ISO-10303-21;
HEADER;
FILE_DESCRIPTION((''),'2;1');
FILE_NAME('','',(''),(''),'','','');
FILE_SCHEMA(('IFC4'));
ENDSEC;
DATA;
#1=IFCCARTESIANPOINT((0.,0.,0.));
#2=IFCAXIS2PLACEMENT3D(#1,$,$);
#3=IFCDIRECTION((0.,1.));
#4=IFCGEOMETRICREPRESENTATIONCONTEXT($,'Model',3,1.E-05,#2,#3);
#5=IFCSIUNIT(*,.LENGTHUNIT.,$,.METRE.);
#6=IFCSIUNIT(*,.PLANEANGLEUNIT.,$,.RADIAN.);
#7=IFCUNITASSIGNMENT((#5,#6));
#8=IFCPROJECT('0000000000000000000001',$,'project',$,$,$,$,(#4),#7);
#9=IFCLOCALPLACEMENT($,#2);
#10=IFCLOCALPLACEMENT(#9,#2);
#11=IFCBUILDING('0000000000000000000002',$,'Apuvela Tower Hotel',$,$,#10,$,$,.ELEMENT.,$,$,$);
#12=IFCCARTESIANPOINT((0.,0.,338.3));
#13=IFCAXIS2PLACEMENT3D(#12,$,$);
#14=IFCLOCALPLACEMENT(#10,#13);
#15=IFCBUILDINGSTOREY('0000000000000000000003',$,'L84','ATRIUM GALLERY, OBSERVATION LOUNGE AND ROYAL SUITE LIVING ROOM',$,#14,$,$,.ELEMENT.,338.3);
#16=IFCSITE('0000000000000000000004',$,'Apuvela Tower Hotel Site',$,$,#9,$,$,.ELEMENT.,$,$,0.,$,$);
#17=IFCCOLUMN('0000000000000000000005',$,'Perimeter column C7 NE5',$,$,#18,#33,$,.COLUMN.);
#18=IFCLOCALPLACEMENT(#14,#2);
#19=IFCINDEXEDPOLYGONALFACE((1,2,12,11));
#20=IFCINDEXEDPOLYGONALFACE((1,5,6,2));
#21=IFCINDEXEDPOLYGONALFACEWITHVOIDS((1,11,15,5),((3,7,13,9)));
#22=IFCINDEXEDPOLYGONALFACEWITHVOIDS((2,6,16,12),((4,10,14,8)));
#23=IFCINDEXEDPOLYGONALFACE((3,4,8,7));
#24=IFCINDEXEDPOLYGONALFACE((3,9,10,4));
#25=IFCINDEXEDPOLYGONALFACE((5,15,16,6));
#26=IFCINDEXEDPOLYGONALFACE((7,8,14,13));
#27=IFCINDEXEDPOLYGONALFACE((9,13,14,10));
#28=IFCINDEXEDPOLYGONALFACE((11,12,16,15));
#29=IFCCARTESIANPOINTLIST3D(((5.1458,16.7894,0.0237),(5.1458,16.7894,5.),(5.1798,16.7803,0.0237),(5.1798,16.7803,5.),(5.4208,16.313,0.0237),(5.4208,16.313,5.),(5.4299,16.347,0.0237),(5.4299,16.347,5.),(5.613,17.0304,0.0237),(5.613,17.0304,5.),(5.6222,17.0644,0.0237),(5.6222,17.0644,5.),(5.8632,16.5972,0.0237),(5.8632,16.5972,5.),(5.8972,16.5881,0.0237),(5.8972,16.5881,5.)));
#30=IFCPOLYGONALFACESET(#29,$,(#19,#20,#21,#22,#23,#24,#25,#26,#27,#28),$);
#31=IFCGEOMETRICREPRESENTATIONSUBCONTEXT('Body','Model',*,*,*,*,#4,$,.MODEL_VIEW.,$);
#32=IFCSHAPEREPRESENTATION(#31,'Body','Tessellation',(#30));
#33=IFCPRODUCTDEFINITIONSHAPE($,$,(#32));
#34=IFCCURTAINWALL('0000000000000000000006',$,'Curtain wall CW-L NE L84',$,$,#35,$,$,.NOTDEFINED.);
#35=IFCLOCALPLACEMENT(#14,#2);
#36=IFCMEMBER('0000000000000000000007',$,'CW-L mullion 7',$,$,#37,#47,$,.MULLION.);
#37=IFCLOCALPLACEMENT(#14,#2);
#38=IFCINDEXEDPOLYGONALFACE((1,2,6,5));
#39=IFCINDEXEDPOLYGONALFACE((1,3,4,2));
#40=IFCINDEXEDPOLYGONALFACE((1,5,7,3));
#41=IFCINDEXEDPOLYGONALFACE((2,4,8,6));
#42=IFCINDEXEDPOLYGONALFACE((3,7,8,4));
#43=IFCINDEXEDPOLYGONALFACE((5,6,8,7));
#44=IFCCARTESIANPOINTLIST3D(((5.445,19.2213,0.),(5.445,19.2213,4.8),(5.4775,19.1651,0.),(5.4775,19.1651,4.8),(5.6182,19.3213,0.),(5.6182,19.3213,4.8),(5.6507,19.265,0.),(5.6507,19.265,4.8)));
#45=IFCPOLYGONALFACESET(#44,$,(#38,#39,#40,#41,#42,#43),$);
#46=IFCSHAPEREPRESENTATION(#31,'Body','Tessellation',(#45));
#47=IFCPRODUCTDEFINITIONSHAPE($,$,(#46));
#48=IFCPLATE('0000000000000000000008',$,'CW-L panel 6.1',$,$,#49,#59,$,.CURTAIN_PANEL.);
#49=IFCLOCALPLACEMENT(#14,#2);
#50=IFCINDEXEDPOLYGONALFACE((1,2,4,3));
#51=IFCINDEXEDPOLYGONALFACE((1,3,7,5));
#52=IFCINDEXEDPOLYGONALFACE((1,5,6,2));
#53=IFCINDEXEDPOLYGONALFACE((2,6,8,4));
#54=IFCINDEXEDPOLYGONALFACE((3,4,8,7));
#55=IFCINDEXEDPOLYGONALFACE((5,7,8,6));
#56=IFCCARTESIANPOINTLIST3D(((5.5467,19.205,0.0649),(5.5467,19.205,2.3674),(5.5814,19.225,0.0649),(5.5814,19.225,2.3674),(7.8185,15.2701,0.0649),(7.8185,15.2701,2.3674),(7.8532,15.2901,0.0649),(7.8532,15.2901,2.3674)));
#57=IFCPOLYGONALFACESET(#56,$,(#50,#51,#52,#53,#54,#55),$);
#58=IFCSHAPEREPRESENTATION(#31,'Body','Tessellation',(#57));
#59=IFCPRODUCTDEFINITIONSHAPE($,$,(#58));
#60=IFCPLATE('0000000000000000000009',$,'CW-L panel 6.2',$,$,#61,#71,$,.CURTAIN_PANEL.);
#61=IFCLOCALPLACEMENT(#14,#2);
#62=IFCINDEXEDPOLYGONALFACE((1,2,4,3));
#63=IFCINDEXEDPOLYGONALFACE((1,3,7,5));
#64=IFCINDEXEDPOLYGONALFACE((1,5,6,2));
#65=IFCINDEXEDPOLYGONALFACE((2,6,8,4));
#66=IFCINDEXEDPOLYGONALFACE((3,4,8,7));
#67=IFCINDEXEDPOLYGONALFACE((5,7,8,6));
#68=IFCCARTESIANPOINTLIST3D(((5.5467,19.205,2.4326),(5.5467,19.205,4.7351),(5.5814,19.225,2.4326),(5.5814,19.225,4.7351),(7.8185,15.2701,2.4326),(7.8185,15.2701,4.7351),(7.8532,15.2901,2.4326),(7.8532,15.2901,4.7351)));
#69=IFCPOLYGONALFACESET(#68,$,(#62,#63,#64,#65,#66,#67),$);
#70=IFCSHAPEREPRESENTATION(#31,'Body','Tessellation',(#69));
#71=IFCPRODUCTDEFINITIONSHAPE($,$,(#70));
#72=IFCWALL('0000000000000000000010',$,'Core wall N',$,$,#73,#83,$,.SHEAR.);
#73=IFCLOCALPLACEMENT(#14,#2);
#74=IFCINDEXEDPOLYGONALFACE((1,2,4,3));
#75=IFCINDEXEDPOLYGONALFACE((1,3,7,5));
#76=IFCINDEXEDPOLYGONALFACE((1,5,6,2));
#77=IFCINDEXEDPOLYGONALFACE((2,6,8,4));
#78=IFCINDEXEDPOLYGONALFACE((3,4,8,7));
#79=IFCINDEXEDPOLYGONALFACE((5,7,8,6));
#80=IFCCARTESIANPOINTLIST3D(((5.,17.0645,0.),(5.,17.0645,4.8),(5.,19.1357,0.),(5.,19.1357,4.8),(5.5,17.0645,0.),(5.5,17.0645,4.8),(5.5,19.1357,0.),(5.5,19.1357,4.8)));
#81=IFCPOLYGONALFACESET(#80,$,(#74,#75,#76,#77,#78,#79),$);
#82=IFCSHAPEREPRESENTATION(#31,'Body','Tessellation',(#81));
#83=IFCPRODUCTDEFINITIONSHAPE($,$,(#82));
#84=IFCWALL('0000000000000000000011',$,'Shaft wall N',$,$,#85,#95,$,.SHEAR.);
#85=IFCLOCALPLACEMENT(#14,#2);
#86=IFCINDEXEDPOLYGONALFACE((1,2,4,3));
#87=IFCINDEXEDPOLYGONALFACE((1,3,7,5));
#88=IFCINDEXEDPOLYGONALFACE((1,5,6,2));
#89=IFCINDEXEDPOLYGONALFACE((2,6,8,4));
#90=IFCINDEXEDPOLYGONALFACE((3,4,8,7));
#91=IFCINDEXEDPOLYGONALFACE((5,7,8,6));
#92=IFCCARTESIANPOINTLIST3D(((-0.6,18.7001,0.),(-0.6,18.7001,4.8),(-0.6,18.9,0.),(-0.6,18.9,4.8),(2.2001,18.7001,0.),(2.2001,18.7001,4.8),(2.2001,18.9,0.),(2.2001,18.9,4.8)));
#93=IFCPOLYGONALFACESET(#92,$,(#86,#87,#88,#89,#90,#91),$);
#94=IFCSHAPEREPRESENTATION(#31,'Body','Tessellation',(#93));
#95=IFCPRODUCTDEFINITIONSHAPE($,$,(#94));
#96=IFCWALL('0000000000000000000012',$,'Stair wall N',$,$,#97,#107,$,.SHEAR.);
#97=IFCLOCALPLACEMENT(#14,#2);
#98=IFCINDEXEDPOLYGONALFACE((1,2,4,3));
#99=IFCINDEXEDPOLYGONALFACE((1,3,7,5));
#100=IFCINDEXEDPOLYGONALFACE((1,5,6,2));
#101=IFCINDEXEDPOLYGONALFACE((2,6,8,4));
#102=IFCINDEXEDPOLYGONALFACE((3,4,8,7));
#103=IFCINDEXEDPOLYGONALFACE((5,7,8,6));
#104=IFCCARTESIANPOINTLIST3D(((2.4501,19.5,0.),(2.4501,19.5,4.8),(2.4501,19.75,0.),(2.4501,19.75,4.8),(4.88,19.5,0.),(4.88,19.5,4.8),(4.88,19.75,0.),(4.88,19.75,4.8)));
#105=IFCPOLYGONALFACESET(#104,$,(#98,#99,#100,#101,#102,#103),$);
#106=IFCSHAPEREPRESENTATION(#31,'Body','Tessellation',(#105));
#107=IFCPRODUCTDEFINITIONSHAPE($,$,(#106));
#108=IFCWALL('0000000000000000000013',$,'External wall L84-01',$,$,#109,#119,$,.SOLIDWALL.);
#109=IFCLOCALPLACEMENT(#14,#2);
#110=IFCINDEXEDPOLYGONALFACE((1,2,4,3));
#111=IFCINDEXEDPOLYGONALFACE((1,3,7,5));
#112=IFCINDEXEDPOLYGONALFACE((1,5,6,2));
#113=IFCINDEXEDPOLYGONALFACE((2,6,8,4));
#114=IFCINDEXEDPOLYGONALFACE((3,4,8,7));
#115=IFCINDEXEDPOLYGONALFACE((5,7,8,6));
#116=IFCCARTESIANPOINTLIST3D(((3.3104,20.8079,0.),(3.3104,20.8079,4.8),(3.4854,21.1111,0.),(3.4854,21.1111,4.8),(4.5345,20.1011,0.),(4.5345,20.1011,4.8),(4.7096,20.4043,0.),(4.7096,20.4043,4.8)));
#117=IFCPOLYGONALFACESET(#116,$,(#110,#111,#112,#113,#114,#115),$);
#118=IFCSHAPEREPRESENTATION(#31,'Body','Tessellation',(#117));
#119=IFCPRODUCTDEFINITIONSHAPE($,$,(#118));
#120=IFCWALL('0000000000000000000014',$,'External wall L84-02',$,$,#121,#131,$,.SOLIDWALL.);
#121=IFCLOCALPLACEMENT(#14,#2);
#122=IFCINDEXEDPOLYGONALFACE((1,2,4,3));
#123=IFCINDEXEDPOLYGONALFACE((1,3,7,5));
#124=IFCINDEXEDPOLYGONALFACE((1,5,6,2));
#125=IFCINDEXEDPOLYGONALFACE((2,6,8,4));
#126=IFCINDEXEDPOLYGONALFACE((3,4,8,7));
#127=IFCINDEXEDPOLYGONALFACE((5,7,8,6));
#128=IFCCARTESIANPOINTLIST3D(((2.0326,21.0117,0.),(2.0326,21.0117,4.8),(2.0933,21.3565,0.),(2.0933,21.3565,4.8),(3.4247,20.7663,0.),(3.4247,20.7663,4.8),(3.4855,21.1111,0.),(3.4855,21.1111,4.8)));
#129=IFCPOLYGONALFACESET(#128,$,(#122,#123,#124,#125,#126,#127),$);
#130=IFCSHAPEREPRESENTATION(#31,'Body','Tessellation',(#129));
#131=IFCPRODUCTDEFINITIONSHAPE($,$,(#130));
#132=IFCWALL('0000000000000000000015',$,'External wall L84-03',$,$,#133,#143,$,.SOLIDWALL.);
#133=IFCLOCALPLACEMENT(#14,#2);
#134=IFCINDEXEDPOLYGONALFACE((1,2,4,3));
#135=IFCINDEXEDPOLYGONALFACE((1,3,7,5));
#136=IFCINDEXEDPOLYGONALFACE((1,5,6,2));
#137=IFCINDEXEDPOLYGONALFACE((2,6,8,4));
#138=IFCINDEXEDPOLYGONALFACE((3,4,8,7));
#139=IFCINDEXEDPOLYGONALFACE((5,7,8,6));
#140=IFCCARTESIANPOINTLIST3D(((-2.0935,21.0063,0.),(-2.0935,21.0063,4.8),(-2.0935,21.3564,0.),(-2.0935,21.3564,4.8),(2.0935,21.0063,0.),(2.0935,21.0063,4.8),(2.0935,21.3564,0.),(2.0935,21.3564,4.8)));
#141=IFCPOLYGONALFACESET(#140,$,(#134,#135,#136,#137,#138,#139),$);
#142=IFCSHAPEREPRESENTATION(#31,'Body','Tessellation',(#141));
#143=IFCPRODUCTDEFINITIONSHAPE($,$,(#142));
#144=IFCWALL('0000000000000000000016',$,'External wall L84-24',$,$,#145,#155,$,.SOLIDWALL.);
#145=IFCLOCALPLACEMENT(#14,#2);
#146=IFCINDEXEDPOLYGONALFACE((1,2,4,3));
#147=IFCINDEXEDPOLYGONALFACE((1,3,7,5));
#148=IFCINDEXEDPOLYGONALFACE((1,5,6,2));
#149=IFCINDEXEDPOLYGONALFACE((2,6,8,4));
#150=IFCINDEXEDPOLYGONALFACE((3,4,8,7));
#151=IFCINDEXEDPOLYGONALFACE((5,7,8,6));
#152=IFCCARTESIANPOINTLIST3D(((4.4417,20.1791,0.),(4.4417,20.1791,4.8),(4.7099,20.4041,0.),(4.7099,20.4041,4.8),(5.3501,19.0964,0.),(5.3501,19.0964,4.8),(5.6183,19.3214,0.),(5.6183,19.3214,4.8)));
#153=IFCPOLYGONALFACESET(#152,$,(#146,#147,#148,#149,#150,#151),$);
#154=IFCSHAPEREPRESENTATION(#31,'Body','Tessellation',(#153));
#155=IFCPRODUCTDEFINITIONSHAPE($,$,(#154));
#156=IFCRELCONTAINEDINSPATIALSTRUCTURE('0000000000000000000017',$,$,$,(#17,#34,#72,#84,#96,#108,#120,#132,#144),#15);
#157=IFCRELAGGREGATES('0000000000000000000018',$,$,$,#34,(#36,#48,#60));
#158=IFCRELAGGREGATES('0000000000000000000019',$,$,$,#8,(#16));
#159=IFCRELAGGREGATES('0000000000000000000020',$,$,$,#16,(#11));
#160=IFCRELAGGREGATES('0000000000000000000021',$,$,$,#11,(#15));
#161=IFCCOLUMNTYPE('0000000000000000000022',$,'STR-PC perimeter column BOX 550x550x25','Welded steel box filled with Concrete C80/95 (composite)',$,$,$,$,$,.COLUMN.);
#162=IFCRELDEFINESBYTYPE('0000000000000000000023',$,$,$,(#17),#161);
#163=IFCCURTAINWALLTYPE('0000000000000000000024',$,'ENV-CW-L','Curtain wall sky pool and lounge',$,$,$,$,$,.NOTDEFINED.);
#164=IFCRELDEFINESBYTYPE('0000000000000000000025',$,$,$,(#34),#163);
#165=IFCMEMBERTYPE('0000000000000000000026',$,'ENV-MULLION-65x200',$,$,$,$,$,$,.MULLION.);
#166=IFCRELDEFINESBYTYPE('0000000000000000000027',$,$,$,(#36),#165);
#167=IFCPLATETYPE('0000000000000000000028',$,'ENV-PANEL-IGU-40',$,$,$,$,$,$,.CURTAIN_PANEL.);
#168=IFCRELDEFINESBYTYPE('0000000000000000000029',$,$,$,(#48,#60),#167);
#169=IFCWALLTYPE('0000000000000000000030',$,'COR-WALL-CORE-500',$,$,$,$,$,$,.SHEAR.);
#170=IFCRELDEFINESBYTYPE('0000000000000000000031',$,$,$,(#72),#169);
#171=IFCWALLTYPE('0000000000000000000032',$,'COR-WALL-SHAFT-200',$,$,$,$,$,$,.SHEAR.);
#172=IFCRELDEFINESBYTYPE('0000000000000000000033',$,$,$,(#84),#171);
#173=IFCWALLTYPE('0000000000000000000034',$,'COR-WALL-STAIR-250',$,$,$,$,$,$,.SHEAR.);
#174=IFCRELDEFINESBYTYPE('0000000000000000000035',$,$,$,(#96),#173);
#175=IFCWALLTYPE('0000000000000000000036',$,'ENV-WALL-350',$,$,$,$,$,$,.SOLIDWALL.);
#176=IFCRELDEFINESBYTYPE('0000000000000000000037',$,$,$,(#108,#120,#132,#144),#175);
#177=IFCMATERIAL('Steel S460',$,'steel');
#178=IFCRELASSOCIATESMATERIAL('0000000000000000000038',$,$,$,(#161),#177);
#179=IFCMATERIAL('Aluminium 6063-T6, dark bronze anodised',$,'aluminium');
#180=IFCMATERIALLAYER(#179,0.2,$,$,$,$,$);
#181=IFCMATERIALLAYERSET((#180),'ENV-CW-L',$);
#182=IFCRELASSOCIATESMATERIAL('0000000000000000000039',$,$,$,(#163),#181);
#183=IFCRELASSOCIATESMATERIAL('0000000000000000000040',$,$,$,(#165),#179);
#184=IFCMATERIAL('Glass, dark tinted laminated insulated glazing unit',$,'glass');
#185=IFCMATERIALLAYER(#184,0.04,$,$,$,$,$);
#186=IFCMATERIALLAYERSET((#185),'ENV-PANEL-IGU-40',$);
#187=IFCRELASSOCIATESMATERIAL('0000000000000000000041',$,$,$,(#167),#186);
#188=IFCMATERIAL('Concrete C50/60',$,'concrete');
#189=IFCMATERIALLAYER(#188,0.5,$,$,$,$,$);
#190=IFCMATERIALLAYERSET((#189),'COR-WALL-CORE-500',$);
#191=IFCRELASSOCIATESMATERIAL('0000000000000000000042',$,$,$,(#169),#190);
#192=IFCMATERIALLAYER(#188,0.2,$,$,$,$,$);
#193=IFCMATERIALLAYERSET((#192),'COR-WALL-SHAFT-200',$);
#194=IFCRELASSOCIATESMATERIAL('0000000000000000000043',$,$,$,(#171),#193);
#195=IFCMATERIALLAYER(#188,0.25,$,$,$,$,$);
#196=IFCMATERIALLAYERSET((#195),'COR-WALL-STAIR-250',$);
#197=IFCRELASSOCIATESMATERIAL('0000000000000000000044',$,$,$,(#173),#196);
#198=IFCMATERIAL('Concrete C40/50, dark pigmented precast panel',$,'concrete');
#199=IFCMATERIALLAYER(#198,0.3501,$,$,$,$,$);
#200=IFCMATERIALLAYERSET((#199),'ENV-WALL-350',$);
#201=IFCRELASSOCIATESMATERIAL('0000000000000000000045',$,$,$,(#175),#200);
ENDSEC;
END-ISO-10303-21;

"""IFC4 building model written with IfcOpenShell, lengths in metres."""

from ifc_helpers import new_model, si_unit, direction, frame, frame_2d, origin, origin_2d, place, context, subcontext, project, spatial, rectangle, hollow_rectangle, extrude, boolean, halfspace, material, layer, layer_set, material_profile, profile_set, type_object, element, aggregate, save


model = new_model("IFC4")

# Units and contexts
model_context = context("Model", 3, precision=1e-05, world=origin(), true_north=direction((0.0, 1.0)))
body_context = subcontext(model_context, "Body", "Model", "MODEL_VIEW")
ifc_project = project(units=[si_unit("LENGTHUNIT", "METRE"), si_unit("PLANEANGLEUNIT", "RADIAN")], contexts=[model_context])

# Site, building, storey
site_placement = place(None, origin())
site = spatial("IfcSite", under=ifc_project, at=site_placement, Name="Apuvela Tower Hotel Site", CompositionType="ELEMENT", RefElevation=0.0)
building_placement = place(site_placement, origin())
building = spatial("IfcBuilding", under=site, at=building_placement, Name="Apuvela Tower Hotel", CompositionType="ELEMENT")
storey_placement = place(building_placement, frame((0.0, 0.0, 338.3)))
storey = spatial("IfcBuildingStorey", under=building, at=storey_placement, Name="L84", Description="ATRIUM GALLERY, OBSERVATION LOUNGE AND ROYAL SUITE LIVING ROOM", CompositionType="ELEMENT", Elevation=338.3)

# Column
ifc_material_1 = material(Name="Steel S460", Category="steel")
ifc_material_profile_1 = material_profile(ifc_material_1, hollow_rectangle(XDim=0.55, YDim=0.55, WallThickness=0.0249, at=origin_2d()), Name="BOX 550x550x25")
ifc_material_2 = material(Name="Concrete C80/95", Category="concrete")
ifc_material_profile_2 = material_profile(ifc_material_2, rectangle(XDim=0.5, YDim=0.5, at=origin_2d()), Name="Concrete C80/95 infill")
ifc_profile_set_1 = profile_set([ifc_material_profile_1, ifc_material_profile_2], Name="Steel S460")
column_type = type_object("IfcColumnType", Name="STR-PC perimeter column BOX 550x550x25", Description="Welded steel box filled with Concrete C80/95 (composite)", PredefinedType="COLUMN", material=ifc_profile_set_1)
column_placement = place(storey_placement, frame((5.5215, 16.6887, 0.0), z_axis=(0.0, 0.0, 1.0), x_axis=(-0.5, 0.866025, 0.0)))
element("IfcColumn", 1, at=column_placement, inside=storey, type_object=column_type, Name="Perimeter column C7 NE5", PredefinedType="COLUMN", context=body_context, shape_type="SweptSolid", body=[
    boolean("DIFFERENCE", extrude(hollow_rectangle(XDim=0.55, YDim=0.55, WallThickness=0.0249, at=origin_2d()), origin(), (0.0, 0.0, 1.0), 5.0), halfspace(frame((0.0, 0.0, 0.0237), z_axis=(0.0, 0.0, 1.0), x_axis=(1.0, 0.0, 0.0)), True)),
])

# Curtain wall, member, plates
ifc_material_3 = material(Name="Aluminium 6063-T6, dark bronze anodised", Category="aluminium")
ifc_layer_1 = layer(ifc_material_3, 0.2)
ifc_layer_set_1 = layer_set([ifc_layer_1], Name="ENV-CW-L")
curtain_wall_type = type_object("IfcCurtainWallType", Name="ENV-CW-L", Description="Curtain wall sky pool and lounge", PredefinedType="NOTDEFINED", material=ifc_layer_set_1)
curtain_wall_placement = place(storey_placement, origin())
curtain_wall = element("IfcCurtainWall", 2, at=curtain_wall_placement, inside=storey, type_object=curtain_wall_type, Name="Curtain wall CW-L NE L84", PredefinedType="NOTDEFINED")
ifc_material_profile_3 = material_profile(ifc_material_3, rectangle(XDim=0.2, YDim=0.0649, at=origin_2d()), Name="AL 65x200")
ifc_profile_set_2 = profile_set([ifc_material_profile_3], Name="Aluminium 6063-T6, dark bronze anodised")
member_type = type_object("IfcMemberType", Name="ENV-MULLION-65x200", PredefinedType="MULLION", material=ifc_profile_set_2)
member_placement = place(storey_placement, frame((5.5479, 19.2432, 0.0), z_axis=(0.0, 0.0, 1.0), x_axis=(-0.866026, -0.499999, 0.0)))
member = element("IfcMember", 3, at=member_placement, type_object=member_type, Name="CW-L mullion 7", PredefinedType="MULLION", context=body_context, shape_type="SweptSolid", body=[
    extrude(rectangle(XDim=0.2, YDim=0.0649, at=origin_2d()), origin(), (0.0, 0.0, 1.0), 4.8),
])
ifc_material_4 = material(Name="Glass, dark tinted laminated insulated glazing unit", Category="glass")
ifc_layer_2 = layer(ifc_material_4, 0.04)
ifc_layer_set_2 = layer_set([ifc_layer_2], Name="ENV-PANEL-IGU-40")
plate_type = type_object("IfcPlateType", Name="ENV-PANEL-IGU-40", PredefinedType="CURTAIN_PANEL", material=ifc_layer_set_2)
plate_1_placement = place(storey_placement, frame((6.7, 17.2476, 0.0649), z_axis=(0.0, 0.0, 1.0), x_axis=(-0.499999, 0.866026, 0.0)))
plate_1 = element("IfcPlate", 4, at=plate_1_placement, type_object=plate_type, Name="CW-L panel 6.1", PredefinedType="CURTAIN_PANEL", context=body_context, shape_type="SweptSolid", body=[
    extrude(rectangle(XDim=4.5437, YDim=0.04, at=origin_2d()), origin(), (0.0, 0.0, 1.0), 2.3025),
])
plate_2_placement = place(storey_placement, frame((6.7, 17.2476, 2.4326), z_axis=(0.0, 0.0, 1.0), x_axis=(-0.499999, 0.866026, 0.0)))
plate_2 = element("IfcPlate", 5, at=plate_2_placement, type_object=plate_type, Name="CW-L panel 6.2", PredefinedType="CURTAIN_PANEL", context=body_context, shape_type="SweptSolid", body=[
    extrude(rectangle(XDim=4.5437, YDim=0.04, at=origin_2d()), origin(), (0.0, 0.0, 1.0), 2.3025),
])
aggregate(curtain_wall, [member, plate_1, plate_2])

# Walls
ifc_material_5 = material(Name="Concrete C50/60", Category="concrete")
ifc_layer_3 = layer(ifc_material_5, 0.5)
ifc_layer_set_3 = layer_set([ifc_layer_3], Name="COR-WALL-CORE-500")
wall_type_1 = type_object("IfcWallType", Name="COR-WALL-CORE-500", PredefinedType="SHEAR", material=ifc_layer_set_3)
wall_1_placement = place(storey_placement, frame((5.25, 17.0645, 0.0), z_axis=(0.0, 0.0, 1.0), x_axis=(0.0, 1.0, 0.0)))
element("IfcWall", 6, at=wall_1_placement, inside=storey, type_object=wall_type_1, Name="Core wall N", PredefinedType="SHEAR", context=body_context, shape_type="SweptSolid", body=[
    extrude(rectangle(XDim=2.0713, YDim=0.5, at=frame_2d((1.0356, 0.0))), origin(), (0.0, 0.0, 1.0), 4.8),
])
ifc_layer_4 = layer(ifc_material_5, 0.2)
ifc_layer_set_4 = layer_set([ifc_layer_4], Name="COR-WALL-SHAFT-200")
wall_type_2 = type_object("IfcWallType", Name="COR-WALL-SHAFT-200", PredefinedType="SHEAR", material=ifc_layer_set_4)
wall_2_placement = place(storey_placement, frame((2.2, 18.8, 0.0), z_axis=(0.0, 0.0, 1.0), x_axis=(-1.0, 0.0, 0.0)))
element("IfcWall", 7, at=wall_2_placement, inside=storey, type_object=wall_type_2, Name="Shaft wall N", PredefinedType="SHEAR", context=body_context, shape_type="SweptSolid", body=[
    extrude(rectangle(XDim=2.8, YDim=0.2, at=frame_2d((1.3999, 0.0))), origin(), (0.0, 0.0, 1.0), 4.8),
])
ifc_layer_5 = layer(ifc_material_5, 0.25)
ifc_layer_set_5 = layer_set([ifc_layer_5], Name="COR-WALL-STAIR-250")
wall_type_3 = type_object("IfcWallType", Name="COR-WALL-STAIR-250", PredefinedType="SHEAR", material=ifc_layer_set_5)
wall_3_placement = place(storey_placement, frame((4.8799, 19.625, 0.0), z_axis=(0.0, 0.0, 1.0), x_axis=(-1.0, 0.0, 0.0)))
element("IfcWall", 8, at=wall_3_placement, inside=storey, type_object=wall_type_3, Name="Stair wall N", PredefinedType="SHEAR", context=body_context, shape_type="SweptSolid", body=[
    extrude(rectangle(XDim=2.4299, YDim=0.25, at=frame_2d((1.2148, 0.0))), origin(), (0.0, 0.0, 1.0), 4.8),
])
ifc_material_6 = material(Name="Concrete C40/50, dark pigmented precast panel", Category="concrete")
ifc_layer_6 = layer(ifc_material_6, 0.3501)
ifc_layer_set_6 = layer_set([ifc_layer_6], Name="ENV-WALL-350")
wall_type_4 = type_object("IfcWallType", Name="ENV-WALL-350", PredefinedType="SOLIDWALL", material=ifc_layer_set_6)
for number, where, z_axis, x_axis, name in (
    (9, (4.6221, 20.2527, 0.0), (0.0, 0.0, 1.0), (-0.866013, 0.500021, 0.0), "External wall L84-01"),
    (10, (3.4551, 20.9387, 0.0), (0.0, 0.0, 1.0), (-0.98482, 0.173578, 0.0), "External wall L84-02"),
):
    element("IfcWall", number, at=place(storey_placement, frame(where, z_axis=z_axis, x_axis=x_axis)), inside=storey, type_object=wall_type_4, Name=name, PredefinedType="SOLIDWALL", context=body_context, shape_type="SweptSolid", body=[
        extrude(rectangle(XDim=1.4136, YDim=0.3501, at=frame_2d((0.7068, 0.0))), origin(), (0.0, 0.0, 1.0), 4.8),
    ])
wall_4_placement = place(storey_placement, frame((2.0935, 21.1814, 0.0), z_axis=(0.0, 0.0, 1.0), x_axis=(-1.0, 0.0, 0.0)))
element("IfcWall", 11, at=wall_4_placement, inside=storey, type_object=wall_type_4, Name="External wall L84-03", PredefinedType="SOLIDWALL", context=body_context, shape_type="SweptSolid", body=[
    extrude(rectangle(XDim=4.187, YDim=0.3501, at=frame_2d((2.0935, 0.0))), origin(), (0.0, 0.0, 1.0), 4.8),
])
wall_5_placement = place(storey_placement, frame((5.4841, 19.209, 0.0), z_axis=(0.0, 0.0, 1.0), x_axis=(-0.642746, 0.766079, 0.0)))
element("IfcWall", 12, at=wall_5_placement, inside=storey, type_object=wall_type_4, Name="External wall L84-24", PredefinedType="SOLIDWALL", context=body_context, shape_type="SweptSolid", body=[
    extrude(rectangle(XDim=1.4133, YDim=0.3501, at=frame_2d((0.7065, 0.0))), origin(), (0.0, 0.0, 1.0), 4.8),
])

save(model, "model.ifc")
